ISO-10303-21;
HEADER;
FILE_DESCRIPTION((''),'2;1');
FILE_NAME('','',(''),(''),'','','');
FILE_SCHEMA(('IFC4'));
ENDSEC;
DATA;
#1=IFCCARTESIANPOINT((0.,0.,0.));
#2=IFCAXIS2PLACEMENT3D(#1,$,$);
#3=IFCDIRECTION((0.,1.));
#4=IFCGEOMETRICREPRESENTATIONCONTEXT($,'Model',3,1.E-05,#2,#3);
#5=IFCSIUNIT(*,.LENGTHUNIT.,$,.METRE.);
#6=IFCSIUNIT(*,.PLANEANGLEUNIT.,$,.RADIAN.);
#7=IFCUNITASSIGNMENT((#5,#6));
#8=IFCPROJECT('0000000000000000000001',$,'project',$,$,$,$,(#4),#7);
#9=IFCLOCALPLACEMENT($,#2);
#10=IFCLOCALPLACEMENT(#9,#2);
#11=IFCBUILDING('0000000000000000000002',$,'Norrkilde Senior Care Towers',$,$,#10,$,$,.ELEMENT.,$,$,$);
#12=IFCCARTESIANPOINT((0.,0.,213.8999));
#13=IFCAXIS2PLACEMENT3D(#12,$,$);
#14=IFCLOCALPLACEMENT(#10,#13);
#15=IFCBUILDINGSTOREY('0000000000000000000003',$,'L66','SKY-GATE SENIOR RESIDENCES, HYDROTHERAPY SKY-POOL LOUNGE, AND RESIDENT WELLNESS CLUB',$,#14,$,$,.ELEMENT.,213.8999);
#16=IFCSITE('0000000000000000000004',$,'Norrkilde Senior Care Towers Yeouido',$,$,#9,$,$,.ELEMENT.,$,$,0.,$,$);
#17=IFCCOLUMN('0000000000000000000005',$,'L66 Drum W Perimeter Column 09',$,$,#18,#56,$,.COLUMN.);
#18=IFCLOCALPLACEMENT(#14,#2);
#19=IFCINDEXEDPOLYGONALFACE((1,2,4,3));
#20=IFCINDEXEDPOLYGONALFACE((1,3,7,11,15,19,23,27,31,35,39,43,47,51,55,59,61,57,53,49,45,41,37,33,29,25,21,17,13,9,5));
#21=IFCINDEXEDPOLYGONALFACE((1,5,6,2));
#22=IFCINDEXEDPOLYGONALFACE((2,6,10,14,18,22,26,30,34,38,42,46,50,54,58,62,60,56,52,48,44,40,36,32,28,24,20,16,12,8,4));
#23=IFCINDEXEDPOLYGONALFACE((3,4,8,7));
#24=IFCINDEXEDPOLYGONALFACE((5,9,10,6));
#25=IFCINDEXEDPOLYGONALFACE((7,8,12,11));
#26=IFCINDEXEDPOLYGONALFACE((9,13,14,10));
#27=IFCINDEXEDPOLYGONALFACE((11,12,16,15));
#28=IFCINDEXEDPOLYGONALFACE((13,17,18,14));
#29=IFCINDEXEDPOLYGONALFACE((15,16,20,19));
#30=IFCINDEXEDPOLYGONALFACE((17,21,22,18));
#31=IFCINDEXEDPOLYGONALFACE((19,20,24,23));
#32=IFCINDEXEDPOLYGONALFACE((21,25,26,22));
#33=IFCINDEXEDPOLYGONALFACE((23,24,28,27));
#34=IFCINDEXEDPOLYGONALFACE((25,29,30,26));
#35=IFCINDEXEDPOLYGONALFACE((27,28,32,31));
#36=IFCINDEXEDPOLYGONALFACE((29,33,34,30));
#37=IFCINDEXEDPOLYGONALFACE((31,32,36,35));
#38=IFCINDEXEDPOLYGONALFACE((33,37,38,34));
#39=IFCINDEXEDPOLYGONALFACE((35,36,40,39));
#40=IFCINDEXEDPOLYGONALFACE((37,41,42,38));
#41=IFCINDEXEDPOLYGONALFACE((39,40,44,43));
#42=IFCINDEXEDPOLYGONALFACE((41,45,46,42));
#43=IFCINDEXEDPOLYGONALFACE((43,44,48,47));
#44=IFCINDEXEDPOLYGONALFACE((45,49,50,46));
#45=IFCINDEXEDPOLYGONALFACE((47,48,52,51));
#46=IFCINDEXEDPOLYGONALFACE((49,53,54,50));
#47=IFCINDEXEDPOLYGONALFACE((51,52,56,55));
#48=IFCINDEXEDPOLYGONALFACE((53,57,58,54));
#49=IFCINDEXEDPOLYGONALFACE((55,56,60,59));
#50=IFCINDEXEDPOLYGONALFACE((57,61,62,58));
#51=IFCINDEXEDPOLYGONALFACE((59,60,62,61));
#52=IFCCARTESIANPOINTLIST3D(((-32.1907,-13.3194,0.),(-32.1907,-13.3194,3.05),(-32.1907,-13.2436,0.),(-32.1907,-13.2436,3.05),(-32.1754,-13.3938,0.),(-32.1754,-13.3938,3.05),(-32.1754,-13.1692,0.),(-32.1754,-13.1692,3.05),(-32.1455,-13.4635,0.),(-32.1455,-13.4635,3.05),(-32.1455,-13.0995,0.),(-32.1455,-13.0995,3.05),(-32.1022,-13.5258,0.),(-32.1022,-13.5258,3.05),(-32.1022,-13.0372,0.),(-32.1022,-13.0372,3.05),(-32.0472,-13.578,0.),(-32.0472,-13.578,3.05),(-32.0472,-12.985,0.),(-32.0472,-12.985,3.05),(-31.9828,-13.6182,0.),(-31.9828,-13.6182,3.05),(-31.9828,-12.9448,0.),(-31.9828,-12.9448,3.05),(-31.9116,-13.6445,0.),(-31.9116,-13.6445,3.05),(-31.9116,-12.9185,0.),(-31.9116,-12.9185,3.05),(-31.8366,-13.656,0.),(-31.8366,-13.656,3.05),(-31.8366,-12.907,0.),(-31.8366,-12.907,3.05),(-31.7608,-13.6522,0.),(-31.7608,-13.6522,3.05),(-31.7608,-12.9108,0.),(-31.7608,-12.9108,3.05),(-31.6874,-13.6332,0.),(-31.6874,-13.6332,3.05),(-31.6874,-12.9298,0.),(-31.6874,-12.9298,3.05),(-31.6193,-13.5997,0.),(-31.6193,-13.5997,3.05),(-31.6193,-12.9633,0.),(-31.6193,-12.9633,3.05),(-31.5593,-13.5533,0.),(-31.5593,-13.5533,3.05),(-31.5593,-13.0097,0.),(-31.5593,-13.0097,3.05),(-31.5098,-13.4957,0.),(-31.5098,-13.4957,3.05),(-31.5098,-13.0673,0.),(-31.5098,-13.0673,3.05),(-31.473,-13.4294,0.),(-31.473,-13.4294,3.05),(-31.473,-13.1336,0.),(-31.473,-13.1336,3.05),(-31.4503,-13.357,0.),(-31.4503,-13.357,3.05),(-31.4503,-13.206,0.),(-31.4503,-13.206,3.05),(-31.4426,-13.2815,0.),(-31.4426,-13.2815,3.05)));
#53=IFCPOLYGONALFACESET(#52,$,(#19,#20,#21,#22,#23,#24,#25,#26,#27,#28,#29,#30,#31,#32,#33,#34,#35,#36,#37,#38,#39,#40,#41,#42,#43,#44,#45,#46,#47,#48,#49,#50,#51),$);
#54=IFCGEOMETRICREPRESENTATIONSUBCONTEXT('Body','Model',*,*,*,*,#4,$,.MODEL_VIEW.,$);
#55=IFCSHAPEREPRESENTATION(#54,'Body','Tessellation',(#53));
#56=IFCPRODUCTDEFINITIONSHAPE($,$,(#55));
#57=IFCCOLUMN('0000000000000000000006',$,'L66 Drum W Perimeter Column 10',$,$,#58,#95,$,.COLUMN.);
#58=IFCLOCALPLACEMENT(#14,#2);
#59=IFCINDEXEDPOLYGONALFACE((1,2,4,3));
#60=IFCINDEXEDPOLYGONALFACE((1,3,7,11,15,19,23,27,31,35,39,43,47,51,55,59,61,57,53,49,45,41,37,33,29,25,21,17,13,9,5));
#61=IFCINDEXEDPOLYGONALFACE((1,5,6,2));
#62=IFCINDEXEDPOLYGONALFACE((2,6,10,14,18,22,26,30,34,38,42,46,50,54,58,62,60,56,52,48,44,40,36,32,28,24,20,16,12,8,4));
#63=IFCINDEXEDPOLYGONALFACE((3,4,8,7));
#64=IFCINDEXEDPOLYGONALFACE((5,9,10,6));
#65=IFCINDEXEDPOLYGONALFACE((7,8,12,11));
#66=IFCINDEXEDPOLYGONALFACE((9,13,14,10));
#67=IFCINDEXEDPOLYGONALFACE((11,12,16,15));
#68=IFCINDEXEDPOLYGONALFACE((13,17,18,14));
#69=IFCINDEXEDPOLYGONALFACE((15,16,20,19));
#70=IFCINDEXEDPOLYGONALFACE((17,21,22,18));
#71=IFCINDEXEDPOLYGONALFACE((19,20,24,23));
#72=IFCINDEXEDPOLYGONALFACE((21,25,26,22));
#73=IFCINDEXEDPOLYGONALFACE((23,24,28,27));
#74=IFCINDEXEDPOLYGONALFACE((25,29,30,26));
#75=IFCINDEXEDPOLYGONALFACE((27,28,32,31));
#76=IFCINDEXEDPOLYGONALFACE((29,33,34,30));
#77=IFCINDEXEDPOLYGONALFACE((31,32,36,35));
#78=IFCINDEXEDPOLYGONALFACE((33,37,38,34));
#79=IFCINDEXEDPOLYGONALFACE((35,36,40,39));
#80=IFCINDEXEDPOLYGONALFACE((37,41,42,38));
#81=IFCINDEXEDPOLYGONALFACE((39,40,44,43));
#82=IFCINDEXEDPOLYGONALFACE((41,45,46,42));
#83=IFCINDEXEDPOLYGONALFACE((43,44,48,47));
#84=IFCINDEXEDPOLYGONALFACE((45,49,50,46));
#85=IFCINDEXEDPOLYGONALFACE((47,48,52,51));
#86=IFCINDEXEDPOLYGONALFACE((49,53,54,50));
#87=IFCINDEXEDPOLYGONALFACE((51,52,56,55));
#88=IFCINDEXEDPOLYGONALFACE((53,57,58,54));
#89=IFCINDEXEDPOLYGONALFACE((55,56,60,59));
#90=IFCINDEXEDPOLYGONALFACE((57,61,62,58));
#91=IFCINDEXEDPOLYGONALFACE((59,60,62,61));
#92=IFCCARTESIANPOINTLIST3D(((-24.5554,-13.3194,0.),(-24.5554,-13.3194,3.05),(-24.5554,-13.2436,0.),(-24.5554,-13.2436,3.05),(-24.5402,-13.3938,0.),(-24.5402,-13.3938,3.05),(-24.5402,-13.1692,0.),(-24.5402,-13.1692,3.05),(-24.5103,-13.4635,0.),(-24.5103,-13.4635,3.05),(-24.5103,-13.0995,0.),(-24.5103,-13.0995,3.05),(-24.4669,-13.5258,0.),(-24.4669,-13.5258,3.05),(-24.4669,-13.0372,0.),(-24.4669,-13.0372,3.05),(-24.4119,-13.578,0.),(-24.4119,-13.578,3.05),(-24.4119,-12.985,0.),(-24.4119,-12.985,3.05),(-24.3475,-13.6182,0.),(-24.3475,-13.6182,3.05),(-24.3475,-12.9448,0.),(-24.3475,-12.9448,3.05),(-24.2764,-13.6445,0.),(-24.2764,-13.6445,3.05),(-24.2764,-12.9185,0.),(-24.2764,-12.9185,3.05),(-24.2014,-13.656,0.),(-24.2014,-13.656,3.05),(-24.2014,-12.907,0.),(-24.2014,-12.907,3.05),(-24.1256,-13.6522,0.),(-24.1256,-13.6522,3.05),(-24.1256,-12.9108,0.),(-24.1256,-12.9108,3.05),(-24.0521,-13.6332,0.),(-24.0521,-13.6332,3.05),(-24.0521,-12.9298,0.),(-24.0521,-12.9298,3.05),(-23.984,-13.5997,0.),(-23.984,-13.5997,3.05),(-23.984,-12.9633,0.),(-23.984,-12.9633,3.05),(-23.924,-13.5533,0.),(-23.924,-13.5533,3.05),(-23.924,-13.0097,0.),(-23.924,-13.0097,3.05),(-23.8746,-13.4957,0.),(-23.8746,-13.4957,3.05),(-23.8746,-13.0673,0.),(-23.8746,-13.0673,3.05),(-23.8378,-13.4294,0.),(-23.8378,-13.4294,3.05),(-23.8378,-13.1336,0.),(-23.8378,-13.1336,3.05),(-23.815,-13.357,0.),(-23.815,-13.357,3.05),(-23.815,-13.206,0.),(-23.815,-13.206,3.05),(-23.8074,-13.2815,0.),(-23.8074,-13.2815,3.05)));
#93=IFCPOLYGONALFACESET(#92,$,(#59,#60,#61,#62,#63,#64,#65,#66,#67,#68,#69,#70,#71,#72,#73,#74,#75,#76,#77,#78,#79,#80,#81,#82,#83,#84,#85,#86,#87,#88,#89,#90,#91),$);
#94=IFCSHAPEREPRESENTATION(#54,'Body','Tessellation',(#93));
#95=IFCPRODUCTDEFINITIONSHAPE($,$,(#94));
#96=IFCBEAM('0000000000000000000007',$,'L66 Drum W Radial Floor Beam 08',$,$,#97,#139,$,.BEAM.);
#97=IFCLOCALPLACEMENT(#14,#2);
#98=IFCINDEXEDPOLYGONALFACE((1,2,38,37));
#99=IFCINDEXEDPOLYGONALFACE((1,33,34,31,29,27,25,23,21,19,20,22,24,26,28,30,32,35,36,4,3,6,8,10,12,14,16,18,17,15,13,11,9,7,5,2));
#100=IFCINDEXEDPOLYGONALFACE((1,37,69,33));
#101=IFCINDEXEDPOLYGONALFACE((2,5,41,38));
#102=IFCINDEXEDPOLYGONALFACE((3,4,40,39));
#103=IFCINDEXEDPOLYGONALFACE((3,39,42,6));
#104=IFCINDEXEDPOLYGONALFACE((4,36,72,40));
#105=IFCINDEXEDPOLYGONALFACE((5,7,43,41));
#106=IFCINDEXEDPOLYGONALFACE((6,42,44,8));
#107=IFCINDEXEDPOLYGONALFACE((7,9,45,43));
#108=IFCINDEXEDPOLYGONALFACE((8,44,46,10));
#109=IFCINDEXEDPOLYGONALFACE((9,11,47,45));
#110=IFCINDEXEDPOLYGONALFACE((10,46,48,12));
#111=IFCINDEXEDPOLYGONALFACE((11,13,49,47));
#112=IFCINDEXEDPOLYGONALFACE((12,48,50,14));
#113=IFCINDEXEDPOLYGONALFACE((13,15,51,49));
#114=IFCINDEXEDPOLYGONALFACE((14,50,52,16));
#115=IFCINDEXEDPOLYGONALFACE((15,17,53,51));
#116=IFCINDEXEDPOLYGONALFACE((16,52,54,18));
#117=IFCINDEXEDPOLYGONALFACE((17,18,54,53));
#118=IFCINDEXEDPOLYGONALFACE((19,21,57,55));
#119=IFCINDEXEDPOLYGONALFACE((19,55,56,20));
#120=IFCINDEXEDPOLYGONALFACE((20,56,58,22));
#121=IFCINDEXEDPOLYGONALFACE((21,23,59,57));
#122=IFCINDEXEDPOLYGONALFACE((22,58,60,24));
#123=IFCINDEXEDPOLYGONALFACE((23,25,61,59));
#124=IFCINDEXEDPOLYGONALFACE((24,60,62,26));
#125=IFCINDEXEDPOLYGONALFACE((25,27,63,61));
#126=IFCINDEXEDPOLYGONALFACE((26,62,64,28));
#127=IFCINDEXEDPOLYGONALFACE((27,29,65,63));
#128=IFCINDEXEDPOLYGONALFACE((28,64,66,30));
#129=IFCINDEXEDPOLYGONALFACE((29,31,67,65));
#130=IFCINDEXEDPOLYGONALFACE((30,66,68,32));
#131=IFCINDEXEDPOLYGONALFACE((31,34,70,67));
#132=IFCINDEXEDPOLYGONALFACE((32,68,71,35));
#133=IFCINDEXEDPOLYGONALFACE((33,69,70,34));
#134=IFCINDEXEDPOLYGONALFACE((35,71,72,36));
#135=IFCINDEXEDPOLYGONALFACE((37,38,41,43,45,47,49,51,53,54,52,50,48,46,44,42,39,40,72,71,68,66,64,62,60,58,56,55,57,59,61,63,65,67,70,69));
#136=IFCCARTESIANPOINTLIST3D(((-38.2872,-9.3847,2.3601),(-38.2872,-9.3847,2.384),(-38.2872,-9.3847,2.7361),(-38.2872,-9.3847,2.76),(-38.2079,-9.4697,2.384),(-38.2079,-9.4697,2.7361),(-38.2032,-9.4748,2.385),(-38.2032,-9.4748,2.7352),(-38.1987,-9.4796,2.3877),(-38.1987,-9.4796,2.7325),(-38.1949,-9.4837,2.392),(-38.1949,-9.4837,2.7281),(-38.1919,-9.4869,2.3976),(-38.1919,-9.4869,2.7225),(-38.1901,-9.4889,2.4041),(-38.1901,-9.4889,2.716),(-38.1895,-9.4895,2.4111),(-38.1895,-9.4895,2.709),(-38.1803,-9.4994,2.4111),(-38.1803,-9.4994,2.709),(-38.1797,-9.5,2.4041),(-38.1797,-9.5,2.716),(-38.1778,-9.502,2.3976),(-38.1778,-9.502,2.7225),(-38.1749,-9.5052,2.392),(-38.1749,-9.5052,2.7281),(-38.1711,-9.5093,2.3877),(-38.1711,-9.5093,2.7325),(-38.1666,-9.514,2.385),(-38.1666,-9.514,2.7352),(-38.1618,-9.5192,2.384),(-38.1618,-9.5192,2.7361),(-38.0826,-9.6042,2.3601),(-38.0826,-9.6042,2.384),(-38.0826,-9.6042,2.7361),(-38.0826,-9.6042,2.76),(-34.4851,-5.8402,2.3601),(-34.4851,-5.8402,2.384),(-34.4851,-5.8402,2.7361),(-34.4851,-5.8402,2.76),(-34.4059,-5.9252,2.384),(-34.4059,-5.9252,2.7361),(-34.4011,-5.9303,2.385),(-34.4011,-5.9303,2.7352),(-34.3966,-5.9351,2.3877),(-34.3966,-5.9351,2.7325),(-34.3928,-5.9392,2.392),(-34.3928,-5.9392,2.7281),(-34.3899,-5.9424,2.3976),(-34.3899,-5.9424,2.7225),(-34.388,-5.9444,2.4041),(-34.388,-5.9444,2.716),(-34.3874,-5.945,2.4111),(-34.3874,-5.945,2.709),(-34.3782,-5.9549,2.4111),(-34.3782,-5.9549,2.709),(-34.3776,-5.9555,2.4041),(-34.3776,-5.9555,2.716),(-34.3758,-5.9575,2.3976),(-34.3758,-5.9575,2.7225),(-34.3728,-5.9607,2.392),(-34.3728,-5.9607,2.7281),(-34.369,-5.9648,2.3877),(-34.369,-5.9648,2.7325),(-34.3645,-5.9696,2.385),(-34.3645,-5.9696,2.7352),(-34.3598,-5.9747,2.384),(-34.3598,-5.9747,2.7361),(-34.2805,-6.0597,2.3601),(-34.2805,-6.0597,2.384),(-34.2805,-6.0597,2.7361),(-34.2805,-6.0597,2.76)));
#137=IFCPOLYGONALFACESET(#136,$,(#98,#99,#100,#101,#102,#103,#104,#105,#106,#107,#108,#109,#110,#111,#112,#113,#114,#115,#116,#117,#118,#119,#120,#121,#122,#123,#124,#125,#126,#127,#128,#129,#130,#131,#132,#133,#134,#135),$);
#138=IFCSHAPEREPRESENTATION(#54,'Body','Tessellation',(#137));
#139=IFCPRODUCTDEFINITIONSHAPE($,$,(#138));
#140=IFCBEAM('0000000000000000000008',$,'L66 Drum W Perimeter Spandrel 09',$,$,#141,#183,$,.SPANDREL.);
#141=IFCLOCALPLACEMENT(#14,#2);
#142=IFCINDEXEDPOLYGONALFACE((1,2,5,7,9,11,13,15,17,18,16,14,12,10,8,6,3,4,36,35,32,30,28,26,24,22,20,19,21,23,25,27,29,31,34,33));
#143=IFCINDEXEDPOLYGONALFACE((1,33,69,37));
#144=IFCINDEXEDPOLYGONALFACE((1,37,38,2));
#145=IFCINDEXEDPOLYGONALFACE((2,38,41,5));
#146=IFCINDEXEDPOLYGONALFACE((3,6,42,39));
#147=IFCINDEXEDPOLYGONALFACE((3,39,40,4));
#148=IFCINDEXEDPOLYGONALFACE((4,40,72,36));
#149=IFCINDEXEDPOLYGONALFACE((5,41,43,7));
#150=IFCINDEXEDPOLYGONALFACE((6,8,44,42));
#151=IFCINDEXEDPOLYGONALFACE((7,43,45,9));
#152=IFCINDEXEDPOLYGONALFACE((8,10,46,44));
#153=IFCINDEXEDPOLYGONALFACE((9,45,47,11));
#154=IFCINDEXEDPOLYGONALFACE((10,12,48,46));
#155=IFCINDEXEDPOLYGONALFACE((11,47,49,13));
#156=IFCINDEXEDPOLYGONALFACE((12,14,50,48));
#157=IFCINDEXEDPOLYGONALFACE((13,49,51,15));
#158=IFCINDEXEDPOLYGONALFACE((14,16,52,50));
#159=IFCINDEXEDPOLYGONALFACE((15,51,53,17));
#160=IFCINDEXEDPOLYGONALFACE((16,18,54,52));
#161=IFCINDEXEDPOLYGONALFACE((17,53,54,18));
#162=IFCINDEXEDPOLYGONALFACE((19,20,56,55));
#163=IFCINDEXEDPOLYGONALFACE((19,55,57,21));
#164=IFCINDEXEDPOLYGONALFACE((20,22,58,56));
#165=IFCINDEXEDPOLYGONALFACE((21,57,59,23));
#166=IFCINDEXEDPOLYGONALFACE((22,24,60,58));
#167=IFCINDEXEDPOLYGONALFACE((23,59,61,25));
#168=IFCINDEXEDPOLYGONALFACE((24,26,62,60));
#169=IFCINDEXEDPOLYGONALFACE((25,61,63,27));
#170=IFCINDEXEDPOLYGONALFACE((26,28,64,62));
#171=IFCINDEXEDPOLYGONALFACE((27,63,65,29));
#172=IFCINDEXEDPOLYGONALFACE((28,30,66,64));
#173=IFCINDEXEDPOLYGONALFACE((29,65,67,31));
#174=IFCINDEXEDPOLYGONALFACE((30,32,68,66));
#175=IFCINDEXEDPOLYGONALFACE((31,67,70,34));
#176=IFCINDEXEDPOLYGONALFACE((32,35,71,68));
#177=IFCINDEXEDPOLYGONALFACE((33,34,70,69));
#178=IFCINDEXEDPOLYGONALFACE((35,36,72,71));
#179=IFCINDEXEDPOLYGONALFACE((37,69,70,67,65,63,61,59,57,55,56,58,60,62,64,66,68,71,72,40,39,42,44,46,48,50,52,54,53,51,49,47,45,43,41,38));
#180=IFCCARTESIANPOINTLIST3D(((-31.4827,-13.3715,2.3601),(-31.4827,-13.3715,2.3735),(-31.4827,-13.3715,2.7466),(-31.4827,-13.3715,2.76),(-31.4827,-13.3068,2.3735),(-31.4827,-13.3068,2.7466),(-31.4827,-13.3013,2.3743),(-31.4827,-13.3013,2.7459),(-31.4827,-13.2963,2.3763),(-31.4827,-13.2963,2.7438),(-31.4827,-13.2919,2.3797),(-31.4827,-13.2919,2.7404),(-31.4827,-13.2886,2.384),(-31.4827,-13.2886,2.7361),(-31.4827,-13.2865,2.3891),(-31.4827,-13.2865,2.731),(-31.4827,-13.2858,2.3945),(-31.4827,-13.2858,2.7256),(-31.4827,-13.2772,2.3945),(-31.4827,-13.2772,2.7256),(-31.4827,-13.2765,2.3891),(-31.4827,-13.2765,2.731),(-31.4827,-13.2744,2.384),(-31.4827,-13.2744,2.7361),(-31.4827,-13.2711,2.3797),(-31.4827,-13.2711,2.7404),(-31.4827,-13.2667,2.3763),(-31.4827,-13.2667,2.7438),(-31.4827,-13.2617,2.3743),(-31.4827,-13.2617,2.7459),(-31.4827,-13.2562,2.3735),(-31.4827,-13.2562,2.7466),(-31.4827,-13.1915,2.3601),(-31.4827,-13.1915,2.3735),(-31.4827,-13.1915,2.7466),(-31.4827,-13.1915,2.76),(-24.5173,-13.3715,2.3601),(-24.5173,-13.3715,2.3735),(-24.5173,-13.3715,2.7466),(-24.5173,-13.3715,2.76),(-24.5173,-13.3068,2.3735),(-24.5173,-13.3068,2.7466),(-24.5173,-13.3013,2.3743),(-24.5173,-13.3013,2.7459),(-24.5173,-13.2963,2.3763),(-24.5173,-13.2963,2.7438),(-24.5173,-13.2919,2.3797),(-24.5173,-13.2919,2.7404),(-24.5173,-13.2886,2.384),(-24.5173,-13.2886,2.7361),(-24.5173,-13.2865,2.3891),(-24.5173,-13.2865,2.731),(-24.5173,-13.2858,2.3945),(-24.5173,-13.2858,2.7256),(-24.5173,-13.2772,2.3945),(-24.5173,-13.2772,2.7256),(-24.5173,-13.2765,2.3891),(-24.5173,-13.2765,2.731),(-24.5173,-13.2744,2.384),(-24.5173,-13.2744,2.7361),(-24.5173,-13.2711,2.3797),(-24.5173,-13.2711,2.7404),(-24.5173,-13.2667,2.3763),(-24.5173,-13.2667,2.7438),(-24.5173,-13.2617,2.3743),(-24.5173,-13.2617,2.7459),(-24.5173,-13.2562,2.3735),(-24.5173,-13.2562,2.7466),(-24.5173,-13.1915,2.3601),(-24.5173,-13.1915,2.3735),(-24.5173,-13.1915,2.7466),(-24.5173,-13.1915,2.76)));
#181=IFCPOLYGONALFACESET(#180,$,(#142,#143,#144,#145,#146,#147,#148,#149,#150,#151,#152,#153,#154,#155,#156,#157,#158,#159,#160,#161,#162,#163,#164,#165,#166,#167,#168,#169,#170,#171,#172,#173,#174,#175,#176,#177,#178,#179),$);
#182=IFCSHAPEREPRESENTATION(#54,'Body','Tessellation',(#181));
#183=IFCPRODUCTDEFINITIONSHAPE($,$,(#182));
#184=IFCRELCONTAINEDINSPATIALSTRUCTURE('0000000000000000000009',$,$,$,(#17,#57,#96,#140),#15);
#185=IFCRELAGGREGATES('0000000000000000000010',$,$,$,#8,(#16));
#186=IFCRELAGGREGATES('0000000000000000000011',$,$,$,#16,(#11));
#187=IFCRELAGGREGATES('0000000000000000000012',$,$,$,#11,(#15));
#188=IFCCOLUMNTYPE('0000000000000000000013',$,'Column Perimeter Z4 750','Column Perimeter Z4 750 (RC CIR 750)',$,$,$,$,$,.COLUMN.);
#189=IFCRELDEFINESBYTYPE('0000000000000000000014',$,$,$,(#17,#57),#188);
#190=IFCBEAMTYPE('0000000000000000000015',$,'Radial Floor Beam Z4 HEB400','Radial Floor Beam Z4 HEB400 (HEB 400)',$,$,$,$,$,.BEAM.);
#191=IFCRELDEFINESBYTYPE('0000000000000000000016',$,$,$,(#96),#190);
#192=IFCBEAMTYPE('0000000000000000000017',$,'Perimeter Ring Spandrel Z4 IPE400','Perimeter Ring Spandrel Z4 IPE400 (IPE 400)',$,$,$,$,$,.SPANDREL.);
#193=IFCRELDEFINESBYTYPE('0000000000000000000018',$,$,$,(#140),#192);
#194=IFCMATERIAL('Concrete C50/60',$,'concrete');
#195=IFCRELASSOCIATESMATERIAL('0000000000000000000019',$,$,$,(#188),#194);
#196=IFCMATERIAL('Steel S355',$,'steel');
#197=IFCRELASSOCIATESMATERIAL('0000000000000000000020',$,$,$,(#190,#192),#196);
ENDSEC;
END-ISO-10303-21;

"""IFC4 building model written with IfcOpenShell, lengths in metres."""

from ifc_helpers import new_model, si_unit, direction, frame, origin, origin_2d, place, context, subcontext, project, spatial, circle, i_section, extrude, source, transform, mapped, material, material_profile, profile_set, type_object, type_shapes, element, save


model = new_model("IFC4")

# Units and contexts
model_context = context("Model", 3, precision=1e-05, world=origin(), true_north=direction((0.0, 1.0)))
body_context = subcontext(model_context, "Body", "Model", "MODEL_VIEW")
ifc_project = project(units=[si_unit("LENGTHUNIT", "METRE"), si_unit("PLANEANGLEUNIT", "RADIAN")], contexts=[model_context])

# Site, building, storey
site_placement = place(None, origin())
site = spatial("IfcSite", under=ifc_project, at=site_placement, Name="Norrkilde Senior Care Towers Yeouido", CompositionType="ELEMENT", RefElevation=0.0)
building_placement = place(site_placement, origin())
building = spatial("IfcBuilding", under=site, at=building_placement, Name="Norrkilde Senior Care Towers", CompositionType="ELEMENT")
storey_placement = place(building_placement, frame((0.0, 0.0, 213.8999)))
storey = spatial("IfcBuildingStorey", under=building, at=storey_placement, Name="L66", Description="SKY-GATE SENIOR RESIDENCES, HYDROTHERAPY SKY-POOL LOUNGE, AND RESIDENT WELLNESS CLUB", CompositionType="ELEMENT", Elevation=213.8999)

# Columns
ifc_material_1 = material(Name="Concrete C50/60", Category="concrete")
ifc_material_profile_1 = material_profile(ifc_material_1, circle(Radius=0.375, at=origin_2d()), Name="RC CIR 750")
ifc_profile_set_1 = profile_set([ifc_material_profile_1], Name="Concrete C50/60")
column_type = type_object("IfcColumnType", Name="Column Perimeter Z4 750", Description="Column Perimeter Z4 750 (RC CIR 750)", PredefinedType="COLUMN", material=ifc_profile_set_1)
shared_shape_1 = source(origin(), body_context, "Body", "SweptSolid", [
    extrude(circle(Radius=0.375, at=origin_2d()), origin(), (0.0, 0.0, 1.0), 3.05),
])
type_shapes(column_type, [shared_shape_1])
for number, where, z_axis, x_axis, name in (
    (1, (-31.8176, -13.2815, 0.0), (0.0, 0.0, 1.0), (1.0, 0.0, 0.0), "L66 Drum W Perimeter Column 09"),
    (2, (-24.1824, -13.2815, 0.0), (0.0, 0.0, 1.0), (1.0, 0.0, 0.0), "L66 Drum W Perimeter Column 10"),
):
    element("IfcColumn", number, at=place(storey_placement, frame(where, z_axis=z_axis, x_axis=x_axis)), inside=storey, type_object=column_type, Name=name, PredefinedType="COLUMN", context=body_context, shape_type="MappedRepresentation", body=[
        mapped(shared_shape_1, transform((0.0, 0.0, 0.0), x_axis=(1.0, 0.0, 0.0), y_axis=(0.0, 1.0, 0.0), z_axis=(0.0, 0.0, 1.0), scale=1.0)),
    ])

# Beams
ifc_material_2 = material(Name="Steel S355", Category="steel")
ifc_material_profile_2 = material_profile(ifc_material_2, i_section(OverallWidth=0.3, OverallDepth=0.3999, WebThickness=0.0134, FlangeThickness=0.0239, FilletRadius=0.0271, at=origin_2d()), Name="HEB 400")
ifc_profile_set_2 = profile_set([ifc_material_profile_2], Name="Steel S355")
beam_type_1 = type_object("IfcBeamType", Name="Radial Floor Beam Z4 HEB400", Description="Radial Floor Beam Z4 HEB400 (HEB 400)", PredefinedType="BEAM", material=ifc_profile_set_2)
shared_shape_2 = source(origin(), body_context, "Body", "SweptSolid", [
    extrude(i_section(OverallWidth=0.3, OverallDepth=0.3999, WebThickness=0.0134, FlangeThickness=0.0239, FilletRadius=0.0271, at=origin_2d()), origin(), (0.0, 0.0, 1.0), 5.198),
])
beam_1_placement = place(storey_placement, frame((-34.3828, -5.95, 2.5601), z_axis=(-0.731449, -0.681896, 0.0), x_axis=(0.681896, -0.731449, 0.0)))
element("IfcBeam", 3, at=beam_1_placement, inside=storey, type_object=beam_type_1, Name="L66 Drum W Radial Floor Beam 08", PredefinedType="BEAM", context=body_context, shape_type="MappedRepresentation", body=[
    mapped(shared_shape_2, transform((0.0, 0.0, 0.0), x_axis=(1.0, 0.0, 0.0), y_axis=(0.0, 1.0, 0.0), z_axis=(0.0, 0.0, 1.0), scale=1.0)),
])
ifc_material_profile_3 = material_profile(ifc_material_2, i_section(OverallWidth=0.1799, OverallDepth=0.3999, WebThickness=0.0085, FlangeThickness=0.0134, FilletRadius=0.021, at=origin_2d()), Name="IPE 400")
ifc_profile_set_3 = profile_set([ifc_material_profile_3], Name="Steel S355")
beam_type_2 = type_object("IfcBeamType", Name="Perimeter Ring Spandrel Z4 IPE400", Description="Perimeter Ring Spandrel Z4 IPE400 (IPE 400)", PredefinedType="SPANDREL", material=ifc_profile_set_3)
shared_shape_3 = source(origin(), body_context, "Body", "SweptSolid", [
    extrude(i_section(OverallWidth=0.1799, OverallDepth=0.3999, WebThickness=0.0085, FlangeThickness=0.0134, FilletRadius=0.021, at=origin_2d()), origin(), (0.0, 0.0, 1.0), 6.9653),
])
type_shapes(beam_type_2, [shared_shape_3])
beam_2_placement = place(storey_placement, frame((-31.4827, -13.2815, 2.5601), z_axis=(1.0, 0.0, 0.0), x_axis=(0.0, 1.0, 0.0)))
element("IfcBeam", 4, at=beam_2_placement, inside=storey, type_object=beam_type_2, Name="L66 Drum W Perimeter Spandrel 09", PredefinedType="SPANDREL", context=body_context, shape_type="MappedRepresentation", body=[
    mapped(shared_shape_3, transform((0.0, 0.0, 0.0), x_axis=(1.0, 0.0, 0.0), y_axis=(0.0, 1.0, 0.0), z_axis=(0.0, 0.0, 1.0), scale=1.0)),
])

save(model, "model.ifc")
